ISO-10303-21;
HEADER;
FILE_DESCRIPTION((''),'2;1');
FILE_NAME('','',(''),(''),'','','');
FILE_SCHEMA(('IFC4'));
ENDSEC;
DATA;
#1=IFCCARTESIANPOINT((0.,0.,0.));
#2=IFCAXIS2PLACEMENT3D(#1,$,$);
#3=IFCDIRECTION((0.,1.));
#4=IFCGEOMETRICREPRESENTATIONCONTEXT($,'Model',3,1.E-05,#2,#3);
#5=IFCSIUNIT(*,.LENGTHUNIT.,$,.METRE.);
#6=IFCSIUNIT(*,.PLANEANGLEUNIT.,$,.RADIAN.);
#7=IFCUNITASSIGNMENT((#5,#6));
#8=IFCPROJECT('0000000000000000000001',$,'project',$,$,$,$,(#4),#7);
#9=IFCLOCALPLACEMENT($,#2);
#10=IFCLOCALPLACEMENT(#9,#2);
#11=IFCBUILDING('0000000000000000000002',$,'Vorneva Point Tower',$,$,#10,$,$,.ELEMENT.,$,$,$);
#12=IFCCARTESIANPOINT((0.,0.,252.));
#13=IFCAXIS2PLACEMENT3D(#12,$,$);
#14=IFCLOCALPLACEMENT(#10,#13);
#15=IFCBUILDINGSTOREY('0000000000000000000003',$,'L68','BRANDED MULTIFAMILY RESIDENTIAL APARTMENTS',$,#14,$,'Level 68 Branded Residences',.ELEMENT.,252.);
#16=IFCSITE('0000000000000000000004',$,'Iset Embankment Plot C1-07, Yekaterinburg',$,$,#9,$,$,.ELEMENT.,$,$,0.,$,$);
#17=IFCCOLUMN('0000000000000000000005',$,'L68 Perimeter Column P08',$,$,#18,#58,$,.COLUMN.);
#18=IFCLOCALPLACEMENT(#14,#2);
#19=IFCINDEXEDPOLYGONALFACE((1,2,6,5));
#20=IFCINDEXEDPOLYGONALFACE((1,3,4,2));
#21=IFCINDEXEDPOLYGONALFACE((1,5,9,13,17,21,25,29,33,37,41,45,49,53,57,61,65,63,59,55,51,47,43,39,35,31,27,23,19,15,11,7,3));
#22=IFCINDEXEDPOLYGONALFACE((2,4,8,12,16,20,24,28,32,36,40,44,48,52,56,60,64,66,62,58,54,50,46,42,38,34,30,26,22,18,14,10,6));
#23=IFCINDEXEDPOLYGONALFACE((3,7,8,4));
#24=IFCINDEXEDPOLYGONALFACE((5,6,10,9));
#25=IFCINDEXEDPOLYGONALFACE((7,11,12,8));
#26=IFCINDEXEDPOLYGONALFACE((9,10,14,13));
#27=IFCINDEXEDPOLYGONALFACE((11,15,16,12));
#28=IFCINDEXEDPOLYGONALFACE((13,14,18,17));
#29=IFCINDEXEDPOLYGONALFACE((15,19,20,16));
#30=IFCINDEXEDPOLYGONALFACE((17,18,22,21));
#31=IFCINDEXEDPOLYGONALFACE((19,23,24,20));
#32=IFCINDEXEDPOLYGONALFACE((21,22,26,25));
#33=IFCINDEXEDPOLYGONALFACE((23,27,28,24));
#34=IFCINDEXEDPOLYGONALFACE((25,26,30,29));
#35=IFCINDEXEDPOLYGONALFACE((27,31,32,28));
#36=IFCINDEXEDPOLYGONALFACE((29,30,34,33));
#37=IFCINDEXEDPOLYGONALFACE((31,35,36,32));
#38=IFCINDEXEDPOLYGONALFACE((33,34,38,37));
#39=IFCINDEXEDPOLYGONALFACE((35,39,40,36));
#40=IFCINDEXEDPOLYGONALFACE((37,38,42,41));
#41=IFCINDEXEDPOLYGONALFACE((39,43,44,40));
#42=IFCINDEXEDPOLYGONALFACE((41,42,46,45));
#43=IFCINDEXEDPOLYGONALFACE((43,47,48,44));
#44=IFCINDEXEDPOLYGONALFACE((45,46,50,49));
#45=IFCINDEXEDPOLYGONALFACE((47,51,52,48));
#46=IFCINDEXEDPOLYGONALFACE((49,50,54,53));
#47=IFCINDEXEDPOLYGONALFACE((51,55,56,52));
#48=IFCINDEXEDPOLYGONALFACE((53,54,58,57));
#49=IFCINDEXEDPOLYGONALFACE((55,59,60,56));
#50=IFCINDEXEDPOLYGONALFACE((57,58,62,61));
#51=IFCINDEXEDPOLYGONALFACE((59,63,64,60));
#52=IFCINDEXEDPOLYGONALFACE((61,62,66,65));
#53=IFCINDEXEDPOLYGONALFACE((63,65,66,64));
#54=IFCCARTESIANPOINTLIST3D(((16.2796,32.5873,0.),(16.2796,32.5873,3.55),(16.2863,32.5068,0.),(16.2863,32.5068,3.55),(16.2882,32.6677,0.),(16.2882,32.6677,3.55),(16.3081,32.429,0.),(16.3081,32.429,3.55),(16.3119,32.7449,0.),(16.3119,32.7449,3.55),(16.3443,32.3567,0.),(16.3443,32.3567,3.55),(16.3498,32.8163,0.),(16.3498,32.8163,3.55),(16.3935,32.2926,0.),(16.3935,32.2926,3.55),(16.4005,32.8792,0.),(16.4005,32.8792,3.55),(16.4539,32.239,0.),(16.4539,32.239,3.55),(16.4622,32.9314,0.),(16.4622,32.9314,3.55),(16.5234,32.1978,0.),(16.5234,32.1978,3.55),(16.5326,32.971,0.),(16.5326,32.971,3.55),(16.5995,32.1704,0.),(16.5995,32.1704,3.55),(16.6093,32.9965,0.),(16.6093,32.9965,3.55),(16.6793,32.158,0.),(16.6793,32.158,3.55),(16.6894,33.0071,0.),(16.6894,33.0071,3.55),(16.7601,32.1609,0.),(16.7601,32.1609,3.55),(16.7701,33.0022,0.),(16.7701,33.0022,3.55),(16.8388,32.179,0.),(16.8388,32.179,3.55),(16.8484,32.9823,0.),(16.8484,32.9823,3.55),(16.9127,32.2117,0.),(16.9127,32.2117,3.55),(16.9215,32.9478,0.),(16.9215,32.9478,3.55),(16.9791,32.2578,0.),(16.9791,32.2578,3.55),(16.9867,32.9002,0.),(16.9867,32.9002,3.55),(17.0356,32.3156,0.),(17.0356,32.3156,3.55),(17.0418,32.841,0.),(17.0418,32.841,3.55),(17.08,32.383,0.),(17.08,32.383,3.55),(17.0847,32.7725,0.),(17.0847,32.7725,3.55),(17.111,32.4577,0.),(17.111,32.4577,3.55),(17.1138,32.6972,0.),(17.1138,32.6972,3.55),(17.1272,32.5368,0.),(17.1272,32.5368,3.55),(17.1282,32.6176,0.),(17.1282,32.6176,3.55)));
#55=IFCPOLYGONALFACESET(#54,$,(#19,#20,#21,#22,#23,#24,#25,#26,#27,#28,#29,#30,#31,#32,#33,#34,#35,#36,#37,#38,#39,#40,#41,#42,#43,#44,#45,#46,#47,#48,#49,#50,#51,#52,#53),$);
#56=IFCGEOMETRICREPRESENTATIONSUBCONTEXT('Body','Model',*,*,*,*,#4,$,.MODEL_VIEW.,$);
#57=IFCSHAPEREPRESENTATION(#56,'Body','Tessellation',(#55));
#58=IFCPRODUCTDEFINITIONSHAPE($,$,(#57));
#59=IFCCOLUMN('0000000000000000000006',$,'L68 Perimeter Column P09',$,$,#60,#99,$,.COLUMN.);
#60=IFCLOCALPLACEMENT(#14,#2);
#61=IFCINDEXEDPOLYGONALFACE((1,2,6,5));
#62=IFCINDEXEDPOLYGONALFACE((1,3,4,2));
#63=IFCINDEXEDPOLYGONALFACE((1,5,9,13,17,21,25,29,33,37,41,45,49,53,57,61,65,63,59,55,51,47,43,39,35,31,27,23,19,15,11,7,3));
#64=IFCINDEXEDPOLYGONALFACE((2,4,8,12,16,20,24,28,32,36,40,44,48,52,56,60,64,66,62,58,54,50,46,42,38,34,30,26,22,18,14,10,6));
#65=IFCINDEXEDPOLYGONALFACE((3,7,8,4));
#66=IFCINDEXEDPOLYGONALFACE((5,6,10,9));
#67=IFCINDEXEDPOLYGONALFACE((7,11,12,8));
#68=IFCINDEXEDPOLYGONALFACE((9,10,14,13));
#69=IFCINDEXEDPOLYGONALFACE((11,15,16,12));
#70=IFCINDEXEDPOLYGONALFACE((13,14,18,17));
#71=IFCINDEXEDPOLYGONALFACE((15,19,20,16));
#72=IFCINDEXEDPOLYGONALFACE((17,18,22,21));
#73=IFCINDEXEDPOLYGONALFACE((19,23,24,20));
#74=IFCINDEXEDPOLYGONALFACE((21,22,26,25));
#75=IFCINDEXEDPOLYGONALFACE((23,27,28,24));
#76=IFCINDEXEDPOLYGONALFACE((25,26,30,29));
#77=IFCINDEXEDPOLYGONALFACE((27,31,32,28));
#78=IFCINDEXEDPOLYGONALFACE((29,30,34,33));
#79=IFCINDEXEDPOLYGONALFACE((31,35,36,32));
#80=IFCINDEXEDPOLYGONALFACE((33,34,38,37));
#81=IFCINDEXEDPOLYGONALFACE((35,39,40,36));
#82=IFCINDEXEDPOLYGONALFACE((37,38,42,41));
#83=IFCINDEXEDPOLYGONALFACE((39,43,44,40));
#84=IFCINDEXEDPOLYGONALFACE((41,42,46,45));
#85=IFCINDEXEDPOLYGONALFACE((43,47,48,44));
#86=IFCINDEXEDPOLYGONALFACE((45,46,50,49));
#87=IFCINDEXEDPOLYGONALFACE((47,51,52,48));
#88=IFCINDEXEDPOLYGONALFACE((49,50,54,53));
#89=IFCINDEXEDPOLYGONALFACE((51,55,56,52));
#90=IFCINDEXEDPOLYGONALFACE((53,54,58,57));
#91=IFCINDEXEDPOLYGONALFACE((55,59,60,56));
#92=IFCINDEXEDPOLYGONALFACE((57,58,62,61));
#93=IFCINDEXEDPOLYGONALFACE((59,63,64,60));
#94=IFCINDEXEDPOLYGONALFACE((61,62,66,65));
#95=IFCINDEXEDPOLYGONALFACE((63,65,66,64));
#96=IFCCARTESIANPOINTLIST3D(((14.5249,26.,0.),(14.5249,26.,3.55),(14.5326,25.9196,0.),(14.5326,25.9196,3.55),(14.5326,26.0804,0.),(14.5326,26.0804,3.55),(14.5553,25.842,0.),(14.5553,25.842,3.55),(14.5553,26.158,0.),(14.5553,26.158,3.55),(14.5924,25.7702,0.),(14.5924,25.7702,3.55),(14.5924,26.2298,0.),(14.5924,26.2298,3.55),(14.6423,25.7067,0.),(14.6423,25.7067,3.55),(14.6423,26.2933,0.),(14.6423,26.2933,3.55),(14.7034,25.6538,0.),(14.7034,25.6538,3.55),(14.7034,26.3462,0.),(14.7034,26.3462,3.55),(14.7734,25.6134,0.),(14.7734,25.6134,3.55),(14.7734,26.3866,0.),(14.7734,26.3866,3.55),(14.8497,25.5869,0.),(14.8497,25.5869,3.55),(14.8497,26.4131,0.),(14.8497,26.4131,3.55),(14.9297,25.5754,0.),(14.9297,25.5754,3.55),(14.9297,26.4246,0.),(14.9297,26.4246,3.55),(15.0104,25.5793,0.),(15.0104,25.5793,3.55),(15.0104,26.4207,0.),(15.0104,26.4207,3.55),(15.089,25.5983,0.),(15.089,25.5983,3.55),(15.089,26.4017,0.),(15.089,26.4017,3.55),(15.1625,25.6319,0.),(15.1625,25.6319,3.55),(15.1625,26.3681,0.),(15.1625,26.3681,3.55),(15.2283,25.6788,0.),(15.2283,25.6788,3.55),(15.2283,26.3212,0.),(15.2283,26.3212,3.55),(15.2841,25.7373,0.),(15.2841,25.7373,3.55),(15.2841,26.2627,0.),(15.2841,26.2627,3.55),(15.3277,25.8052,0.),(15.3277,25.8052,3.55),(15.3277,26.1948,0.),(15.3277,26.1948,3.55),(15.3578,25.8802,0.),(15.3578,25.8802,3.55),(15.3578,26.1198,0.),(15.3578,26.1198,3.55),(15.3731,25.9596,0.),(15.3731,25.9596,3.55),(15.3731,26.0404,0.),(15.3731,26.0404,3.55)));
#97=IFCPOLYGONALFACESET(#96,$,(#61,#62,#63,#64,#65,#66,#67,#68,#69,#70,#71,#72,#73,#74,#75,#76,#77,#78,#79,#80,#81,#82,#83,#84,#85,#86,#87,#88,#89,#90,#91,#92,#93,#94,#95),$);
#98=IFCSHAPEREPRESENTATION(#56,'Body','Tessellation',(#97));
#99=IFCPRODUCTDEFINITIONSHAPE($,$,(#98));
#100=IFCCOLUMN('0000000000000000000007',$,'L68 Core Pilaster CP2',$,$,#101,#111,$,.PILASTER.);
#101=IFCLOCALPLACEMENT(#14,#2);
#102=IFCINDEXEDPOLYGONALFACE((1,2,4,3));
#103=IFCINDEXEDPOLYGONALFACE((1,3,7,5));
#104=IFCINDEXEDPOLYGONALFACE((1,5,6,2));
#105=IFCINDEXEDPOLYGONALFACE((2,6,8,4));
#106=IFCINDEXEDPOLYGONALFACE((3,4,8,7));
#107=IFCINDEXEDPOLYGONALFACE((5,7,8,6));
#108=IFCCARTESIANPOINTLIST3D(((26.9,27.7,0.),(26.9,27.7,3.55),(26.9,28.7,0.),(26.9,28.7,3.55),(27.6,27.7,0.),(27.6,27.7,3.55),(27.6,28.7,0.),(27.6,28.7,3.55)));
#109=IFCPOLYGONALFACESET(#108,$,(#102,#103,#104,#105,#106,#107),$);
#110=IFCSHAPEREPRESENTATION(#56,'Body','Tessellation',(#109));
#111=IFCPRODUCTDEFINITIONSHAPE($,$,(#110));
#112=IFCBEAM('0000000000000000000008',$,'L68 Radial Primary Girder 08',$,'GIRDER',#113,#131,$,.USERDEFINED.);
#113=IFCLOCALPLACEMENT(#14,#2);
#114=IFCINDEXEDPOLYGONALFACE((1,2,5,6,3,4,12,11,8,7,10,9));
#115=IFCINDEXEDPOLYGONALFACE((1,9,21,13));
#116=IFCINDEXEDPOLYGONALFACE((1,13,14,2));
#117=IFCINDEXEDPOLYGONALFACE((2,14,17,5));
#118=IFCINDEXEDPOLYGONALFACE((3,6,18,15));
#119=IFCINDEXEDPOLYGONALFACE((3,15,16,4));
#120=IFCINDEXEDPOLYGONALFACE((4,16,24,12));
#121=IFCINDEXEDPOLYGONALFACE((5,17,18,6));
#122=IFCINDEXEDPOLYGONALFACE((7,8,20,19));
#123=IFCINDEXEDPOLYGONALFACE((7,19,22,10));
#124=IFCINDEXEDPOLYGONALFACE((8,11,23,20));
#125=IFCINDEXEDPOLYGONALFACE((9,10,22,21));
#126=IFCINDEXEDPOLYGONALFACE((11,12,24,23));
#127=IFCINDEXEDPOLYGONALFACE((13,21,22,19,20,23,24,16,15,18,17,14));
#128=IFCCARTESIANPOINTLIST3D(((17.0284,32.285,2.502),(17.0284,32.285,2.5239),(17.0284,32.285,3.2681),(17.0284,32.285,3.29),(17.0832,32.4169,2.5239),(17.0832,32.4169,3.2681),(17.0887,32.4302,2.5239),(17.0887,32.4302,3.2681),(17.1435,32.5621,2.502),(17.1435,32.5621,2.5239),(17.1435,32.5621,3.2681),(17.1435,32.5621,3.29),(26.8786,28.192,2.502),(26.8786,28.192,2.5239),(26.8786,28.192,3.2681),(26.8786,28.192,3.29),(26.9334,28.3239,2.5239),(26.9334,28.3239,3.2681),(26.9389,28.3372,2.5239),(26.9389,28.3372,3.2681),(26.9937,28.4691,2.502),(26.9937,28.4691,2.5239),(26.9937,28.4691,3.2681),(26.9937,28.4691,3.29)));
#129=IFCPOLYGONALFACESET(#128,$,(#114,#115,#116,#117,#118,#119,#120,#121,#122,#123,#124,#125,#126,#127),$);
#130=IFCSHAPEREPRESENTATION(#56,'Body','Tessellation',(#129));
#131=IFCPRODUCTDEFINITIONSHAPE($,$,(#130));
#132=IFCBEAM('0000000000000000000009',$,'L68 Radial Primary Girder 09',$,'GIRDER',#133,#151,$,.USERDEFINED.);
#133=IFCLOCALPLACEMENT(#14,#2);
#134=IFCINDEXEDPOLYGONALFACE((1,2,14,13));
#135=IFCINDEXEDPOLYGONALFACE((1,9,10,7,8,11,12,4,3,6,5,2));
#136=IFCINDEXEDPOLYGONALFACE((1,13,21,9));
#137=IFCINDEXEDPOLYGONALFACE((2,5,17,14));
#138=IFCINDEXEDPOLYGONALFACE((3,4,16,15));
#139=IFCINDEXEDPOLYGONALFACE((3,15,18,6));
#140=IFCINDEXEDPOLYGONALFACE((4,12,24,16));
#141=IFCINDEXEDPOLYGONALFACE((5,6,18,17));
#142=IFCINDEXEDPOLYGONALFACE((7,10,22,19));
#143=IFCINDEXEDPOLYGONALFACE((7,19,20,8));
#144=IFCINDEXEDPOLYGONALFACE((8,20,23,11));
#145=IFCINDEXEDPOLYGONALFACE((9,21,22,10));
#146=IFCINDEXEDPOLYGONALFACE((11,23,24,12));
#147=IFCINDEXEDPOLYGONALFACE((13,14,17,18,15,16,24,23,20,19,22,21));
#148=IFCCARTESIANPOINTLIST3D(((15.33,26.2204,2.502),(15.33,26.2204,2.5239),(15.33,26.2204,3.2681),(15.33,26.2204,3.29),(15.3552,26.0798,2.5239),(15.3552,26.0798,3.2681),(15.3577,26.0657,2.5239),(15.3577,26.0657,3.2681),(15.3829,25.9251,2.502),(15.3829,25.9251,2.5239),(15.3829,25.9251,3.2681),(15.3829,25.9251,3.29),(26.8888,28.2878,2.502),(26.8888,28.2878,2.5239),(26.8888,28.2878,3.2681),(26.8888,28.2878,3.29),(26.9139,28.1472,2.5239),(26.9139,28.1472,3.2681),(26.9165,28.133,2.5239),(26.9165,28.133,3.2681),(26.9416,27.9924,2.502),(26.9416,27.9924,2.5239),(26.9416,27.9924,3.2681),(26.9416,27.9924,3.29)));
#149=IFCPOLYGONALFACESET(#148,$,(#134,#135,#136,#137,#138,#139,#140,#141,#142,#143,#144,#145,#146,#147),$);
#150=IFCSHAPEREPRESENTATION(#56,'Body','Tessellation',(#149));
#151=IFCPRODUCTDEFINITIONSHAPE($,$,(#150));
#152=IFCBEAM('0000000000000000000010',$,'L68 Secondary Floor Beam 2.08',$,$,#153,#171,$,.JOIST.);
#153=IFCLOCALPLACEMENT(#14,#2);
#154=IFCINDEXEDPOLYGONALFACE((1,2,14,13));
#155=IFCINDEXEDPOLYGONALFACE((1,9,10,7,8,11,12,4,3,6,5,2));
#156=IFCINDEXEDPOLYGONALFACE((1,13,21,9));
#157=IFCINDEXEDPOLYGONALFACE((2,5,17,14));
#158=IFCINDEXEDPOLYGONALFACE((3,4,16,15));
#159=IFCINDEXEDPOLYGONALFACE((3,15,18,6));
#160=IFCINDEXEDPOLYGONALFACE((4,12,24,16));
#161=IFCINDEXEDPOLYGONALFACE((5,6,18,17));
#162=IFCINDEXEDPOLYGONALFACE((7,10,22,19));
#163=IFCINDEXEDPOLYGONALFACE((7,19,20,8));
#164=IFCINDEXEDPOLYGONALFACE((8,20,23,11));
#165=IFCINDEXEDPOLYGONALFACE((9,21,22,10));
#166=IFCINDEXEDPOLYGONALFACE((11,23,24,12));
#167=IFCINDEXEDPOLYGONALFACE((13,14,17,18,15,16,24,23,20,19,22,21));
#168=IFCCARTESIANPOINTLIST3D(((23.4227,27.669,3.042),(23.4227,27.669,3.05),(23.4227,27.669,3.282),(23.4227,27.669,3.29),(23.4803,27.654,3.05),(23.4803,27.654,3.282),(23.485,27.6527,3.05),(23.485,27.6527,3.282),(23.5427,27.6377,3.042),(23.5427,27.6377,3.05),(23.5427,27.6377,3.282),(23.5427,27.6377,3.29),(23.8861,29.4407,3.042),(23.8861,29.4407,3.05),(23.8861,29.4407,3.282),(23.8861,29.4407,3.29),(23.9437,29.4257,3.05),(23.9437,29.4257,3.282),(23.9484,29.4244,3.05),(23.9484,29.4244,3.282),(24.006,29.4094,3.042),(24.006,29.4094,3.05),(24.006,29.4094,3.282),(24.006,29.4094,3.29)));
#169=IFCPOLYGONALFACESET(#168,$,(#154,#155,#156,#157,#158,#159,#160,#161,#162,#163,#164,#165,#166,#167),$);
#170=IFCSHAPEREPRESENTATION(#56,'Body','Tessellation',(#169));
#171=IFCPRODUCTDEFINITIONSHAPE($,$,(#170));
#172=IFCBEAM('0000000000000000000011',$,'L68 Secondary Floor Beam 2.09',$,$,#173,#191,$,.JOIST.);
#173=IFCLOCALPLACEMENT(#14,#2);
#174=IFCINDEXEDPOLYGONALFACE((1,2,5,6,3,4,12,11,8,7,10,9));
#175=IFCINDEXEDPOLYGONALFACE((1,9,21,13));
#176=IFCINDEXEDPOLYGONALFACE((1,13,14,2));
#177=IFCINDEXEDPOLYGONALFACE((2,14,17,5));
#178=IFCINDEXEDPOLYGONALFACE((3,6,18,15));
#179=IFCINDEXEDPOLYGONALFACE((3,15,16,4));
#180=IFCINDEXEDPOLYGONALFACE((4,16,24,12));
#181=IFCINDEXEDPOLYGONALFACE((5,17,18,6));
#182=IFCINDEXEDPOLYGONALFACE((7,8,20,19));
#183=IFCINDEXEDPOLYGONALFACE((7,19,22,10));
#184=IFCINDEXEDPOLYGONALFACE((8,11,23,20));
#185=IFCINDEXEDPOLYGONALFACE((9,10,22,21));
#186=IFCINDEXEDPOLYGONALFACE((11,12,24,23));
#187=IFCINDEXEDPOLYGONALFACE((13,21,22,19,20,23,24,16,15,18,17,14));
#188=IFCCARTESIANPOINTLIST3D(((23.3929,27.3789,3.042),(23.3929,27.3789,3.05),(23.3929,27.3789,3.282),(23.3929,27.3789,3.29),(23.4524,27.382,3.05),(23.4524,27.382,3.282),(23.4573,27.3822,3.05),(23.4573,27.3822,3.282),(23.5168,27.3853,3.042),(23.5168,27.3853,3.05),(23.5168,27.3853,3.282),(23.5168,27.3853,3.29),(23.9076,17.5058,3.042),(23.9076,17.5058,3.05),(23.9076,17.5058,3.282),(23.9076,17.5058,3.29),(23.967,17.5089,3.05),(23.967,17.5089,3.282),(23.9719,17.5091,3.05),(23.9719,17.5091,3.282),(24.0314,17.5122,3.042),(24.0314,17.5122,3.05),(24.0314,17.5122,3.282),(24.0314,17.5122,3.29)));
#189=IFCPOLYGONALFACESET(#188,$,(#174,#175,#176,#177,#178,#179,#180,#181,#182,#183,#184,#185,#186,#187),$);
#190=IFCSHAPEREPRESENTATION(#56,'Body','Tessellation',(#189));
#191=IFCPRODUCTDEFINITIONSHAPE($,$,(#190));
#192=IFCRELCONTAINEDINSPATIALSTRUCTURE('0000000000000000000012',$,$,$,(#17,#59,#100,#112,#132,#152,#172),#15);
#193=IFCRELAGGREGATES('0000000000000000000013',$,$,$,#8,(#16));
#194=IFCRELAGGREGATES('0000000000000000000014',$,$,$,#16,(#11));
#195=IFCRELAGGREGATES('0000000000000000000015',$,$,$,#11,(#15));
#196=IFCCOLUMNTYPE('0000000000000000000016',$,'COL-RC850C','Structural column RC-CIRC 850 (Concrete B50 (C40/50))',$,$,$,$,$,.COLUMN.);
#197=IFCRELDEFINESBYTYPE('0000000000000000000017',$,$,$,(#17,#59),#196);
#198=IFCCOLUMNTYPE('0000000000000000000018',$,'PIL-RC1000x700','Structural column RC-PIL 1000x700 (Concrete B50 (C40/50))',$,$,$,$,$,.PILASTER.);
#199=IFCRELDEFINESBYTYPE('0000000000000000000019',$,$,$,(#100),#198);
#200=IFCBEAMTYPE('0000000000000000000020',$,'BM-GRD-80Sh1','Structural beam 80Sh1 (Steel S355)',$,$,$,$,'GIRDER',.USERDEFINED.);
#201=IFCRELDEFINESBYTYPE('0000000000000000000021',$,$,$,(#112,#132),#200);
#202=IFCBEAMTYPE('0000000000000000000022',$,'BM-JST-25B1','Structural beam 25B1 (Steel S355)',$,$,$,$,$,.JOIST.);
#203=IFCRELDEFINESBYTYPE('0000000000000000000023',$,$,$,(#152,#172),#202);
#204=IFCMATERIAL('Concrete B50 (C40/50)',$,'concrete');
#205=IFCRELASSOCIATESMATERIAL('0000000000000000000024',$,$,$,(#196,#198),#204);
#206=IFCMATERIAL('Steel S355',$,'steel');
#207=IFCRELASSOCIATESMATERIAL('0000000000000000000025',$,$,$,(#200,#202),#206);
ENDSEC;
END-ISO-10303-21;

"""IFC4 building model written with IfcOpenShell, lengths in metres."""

from ifc_helpers import new_model, si_unit, direction, frame, origin, origin_2d, place, context, subcontext, project, spatial, rectangle, circle, i_section, extrude, material, material_profile, profile_set, type_object, element, save


model = new_model("IFC4")

# Units and contexts
model_context = context("Model", 3, precision=1e-05, world=origin(), true_north=direction((0.0, 1.0)))
body_context = subcontext(model_context, "Body", "Model", "MODEL_VIEW")
ifc_project = project(units=[si_unit("LENGTHUNIT", "METRE"), si_unit("PLANEANGLEUNIT", "RADIAN")], contexts=[model_context])

# Site, building, storey
site_placement = place(None, origin())
site = spatial("IfcSite", under=ifc_project, at=site_placement, Name="Iset Embankment Plot C1-07, Yekaterinburg", CompositionType="ELEMENT", RefElevation=0.0)
building_placement = place(site_placement, origin())
building = spatial("IfcBuilding", under=site, at=building_placement, Name="Vorneva Point Tower", CompositionType="ELEMENT")
storey_placement = place(building_placement, frame((0.0, 0.0, 252.0)))
storey = spatial("IfcBuildingStorey", under=building, at=storey_placement, Name="L68", Description="BRANDED MULTIFAMILY RESIDENTIAL APARTMENTS", LongName="Level 68 Branded Residences", CompositionType="ELEMENT", Elevation=252.0)

# Columns
ifc_material_1 = material(Name="Concrete B50 (C40/50)", Category="concrete")
ifc_material_profile_1 = material_profile(ifc_material_1, circle(Radius=0.425, at=origin_2d()), Name="RC-CIRC 850")
ifc_profile_set_1 = profile_set([ifc_material_profile_1], Name="Concrete B50 (C40/50)")
column_type_1 = type_object("IfcColumnType", Name="COL-RC850C", Description="Structural column RC-CIRC 850 (Concrete B50 (C40/50))", PredefinedType="COLUMN", material=ifc_profile_set_1)
for number, where, z_axis, x_axis, name in (
    (1, (16.7046, 32.5823, 0.0), (0.0, 0.0, 1.0), (-0.92388, 0.382683, 0.0), "L68 Perimeter Column P08"),
    (2, (14.95, 26.0, 0.0), (0.0, 0.0, 1.0), (-1.0, 0.0, 0.0), "L68 Perimeter Column P09"),
):
    element("IfcColumn", number, at=place(storey_placement, frame(where, z_axis=z_axis, x_axis=x_axis)), inside=storey, type_object=column_type_1, Name=name, PredefinedType="COLUMN", context=body_context, shape_type="SweptSolid", body=[
        extrude(circle(Radius=0.425, at=origin_2d()), origin(), (0.0, 0.0, 1.0), 3.55),
    ])
ifc_material_profile_2 = material_profile(ifc_material_1, rectangle(XDim=0.7, YDim=1.0, at=origin_2d()), Name="RC-PIL 1000x700")
ifc_profile_set_2 = profile_set([ifc_material_profile_2], Name="Concrete B50 (C40/50)")
column_type_2 = type_object("IfcColumnType", Name="PIL-RC1000x700", Description="Structural column RC-PIL 1000x700 (Concrete B50 (C40/50))", PredefinedType="PILASTER", material=ifc_profile_set_2)
column_placement = place(storey_placement, frame((27.25, 28.2, 0.0), z_axis=(0.0, 0.0, 1.0), x_axis=(1.0, 0.0, 0.0)))
element("IfcColumn", 3, at=column_placement, inside=storey, type_object=column_type_2, Name="L68 Core Pilaster CP2", PredefinedType="PILASTER", context=body_context, shape_type="SweptSolid", body=[
    extrude(rectangle(XDim=0.7, YDim=1.0, at=origin_2d()), origin(), (0.0, 0.0, 1.0), 3.55),
])

# Beams
ifc_material_2 = material(Name="Steel S355", Category="steel")
ifc_material_profile_3 = material_profile(ifc_material_2, i_section(OverallWidth=0.3, OverallDepth=0.7881, WebThickness=0.0144, FlangeThickness=0.022, at=origin_2d()), Name="80Sh1")
ifc_profile_set_3 = profile_set([ifc_material_profile_3], Name="Steel S355")
beam_type_1 = type_object("IfcBeamType", Name="BM-GRD-80Sh1", Description="Structural beam 80Sh1 (Steel S355)", ElementType="GIRDER", PredefinedType="USERDEFINED", material=ifc_profile_set_3)
beam_1_placement = place(storey_placement, frame((17.0859, 32.4236, 2.896), z_axis=(0.923449, -0.383721, 0.0), x_axis=(0.383721, 0.923449, 0.0)))
element("IfcBeam", 4, at=beam_1_placement, inside=storey, type_object=beam_type_1, Name="L68 Radial Primary Girder 08", ObjectType="GIRDER", PredefinedType="USERDEFINED", context=body_context, shape_type="SweptSolid", body=[
    extrude(i_section(OverallWidth=0.3, OverallDepth=0.7881, WebThickness=0.0144, FlangeThickness=0.022, at=origin_2d()), origin(), (0.0, 0.0, 1.0), 10.6667),
])
beam_2_placement = place(storey_placement, frame((15.3564, 26.0728, 2.896), z_axis=(0.984379, 0.176063, 0.0), x_axis=(-0.176063, 0.984379, 0.0)))
element("IfcBeam", 5, at=beam_2_placement, inside=storey, type_object=beam_type_1, Name="L68 Radial Primary Girder 09", ObjectType="GIRDER", PredefinedType="USERDEFINED", context=body_context, shape_type="SweptSolid", body=[
    extrude(i_section(OverallWidth=0.3, OverallDepth=0.7881, WebThickness=0.0144, FlangeThickness=0.022, at=origin_2d()), origin(), (0.0, 0.0, 1.0), 11.7422),
])
ifc_material_profile_4 = material_profile(ifc_material_2, i_section(OverallWidth=0.124, OverallDepth=0.248, WebThickness=0.0049, FlangeThickness=0.0081, at=origin_2d()), Name="25B1")
ifc_profile_set_4 = profile_set([ifc_material_profile_4], Name="Steel S355")
beam_type_2 = type_object("IfcBeamType", Name="BM-JST-25B1", Description="Structural beam 25B1 (Steel S355)", PredefinedType="JOIST", material=ifc_profile_set_4)
beam_3_placement = place(storey_placement, frame((23.946, 29.425, 3.166), z_axis=(-0.25303, -0.967459, 0.0), x_axis=(0.967459, -0.25303, 0.0)))
element("IfcBeam", 6, at=beam_3_placement, inside=storey, type_object=beam_type_2, Name="L68 Secondary Floor Beam 2.08", PredefinedType="JOIST", context=body_context, shape_type="SweptSolid", body=[
    extrude(i_section(OverallWidth=0.124, OverallDepth=0.248, WebThickness=0.0049, FlangeThickness=0.0081, at=origin_2d()), origin(), (0.0, 0.0, 1.0), 1.8313),
])
beam_4_placement = place(storey_placement, frame((23.4548, 27.3821, 3.166), z_axis=(0.052056, -0.998644, 0.0), x_axis=(0.998644, 0.052056, 0.0)))
element("IfcBeam", 7, at=beam_4_placement, inside=storey, type_object=beam_type_2, Name="L68 Secondary Floor Beam 2.09", PredefinedType="JOIST", context=body_context, shape_type="SweptSolid", body=[
    extrude(i_section(OverallWidth=0.124, OverallDepth=0.248, WebThickness=0.0049, FlangeThickness=0.0081, at=origin_2d()), origin(), (0.0, 0.0, 1.0), 9.8865),
])

save(model, "model.ifc")
